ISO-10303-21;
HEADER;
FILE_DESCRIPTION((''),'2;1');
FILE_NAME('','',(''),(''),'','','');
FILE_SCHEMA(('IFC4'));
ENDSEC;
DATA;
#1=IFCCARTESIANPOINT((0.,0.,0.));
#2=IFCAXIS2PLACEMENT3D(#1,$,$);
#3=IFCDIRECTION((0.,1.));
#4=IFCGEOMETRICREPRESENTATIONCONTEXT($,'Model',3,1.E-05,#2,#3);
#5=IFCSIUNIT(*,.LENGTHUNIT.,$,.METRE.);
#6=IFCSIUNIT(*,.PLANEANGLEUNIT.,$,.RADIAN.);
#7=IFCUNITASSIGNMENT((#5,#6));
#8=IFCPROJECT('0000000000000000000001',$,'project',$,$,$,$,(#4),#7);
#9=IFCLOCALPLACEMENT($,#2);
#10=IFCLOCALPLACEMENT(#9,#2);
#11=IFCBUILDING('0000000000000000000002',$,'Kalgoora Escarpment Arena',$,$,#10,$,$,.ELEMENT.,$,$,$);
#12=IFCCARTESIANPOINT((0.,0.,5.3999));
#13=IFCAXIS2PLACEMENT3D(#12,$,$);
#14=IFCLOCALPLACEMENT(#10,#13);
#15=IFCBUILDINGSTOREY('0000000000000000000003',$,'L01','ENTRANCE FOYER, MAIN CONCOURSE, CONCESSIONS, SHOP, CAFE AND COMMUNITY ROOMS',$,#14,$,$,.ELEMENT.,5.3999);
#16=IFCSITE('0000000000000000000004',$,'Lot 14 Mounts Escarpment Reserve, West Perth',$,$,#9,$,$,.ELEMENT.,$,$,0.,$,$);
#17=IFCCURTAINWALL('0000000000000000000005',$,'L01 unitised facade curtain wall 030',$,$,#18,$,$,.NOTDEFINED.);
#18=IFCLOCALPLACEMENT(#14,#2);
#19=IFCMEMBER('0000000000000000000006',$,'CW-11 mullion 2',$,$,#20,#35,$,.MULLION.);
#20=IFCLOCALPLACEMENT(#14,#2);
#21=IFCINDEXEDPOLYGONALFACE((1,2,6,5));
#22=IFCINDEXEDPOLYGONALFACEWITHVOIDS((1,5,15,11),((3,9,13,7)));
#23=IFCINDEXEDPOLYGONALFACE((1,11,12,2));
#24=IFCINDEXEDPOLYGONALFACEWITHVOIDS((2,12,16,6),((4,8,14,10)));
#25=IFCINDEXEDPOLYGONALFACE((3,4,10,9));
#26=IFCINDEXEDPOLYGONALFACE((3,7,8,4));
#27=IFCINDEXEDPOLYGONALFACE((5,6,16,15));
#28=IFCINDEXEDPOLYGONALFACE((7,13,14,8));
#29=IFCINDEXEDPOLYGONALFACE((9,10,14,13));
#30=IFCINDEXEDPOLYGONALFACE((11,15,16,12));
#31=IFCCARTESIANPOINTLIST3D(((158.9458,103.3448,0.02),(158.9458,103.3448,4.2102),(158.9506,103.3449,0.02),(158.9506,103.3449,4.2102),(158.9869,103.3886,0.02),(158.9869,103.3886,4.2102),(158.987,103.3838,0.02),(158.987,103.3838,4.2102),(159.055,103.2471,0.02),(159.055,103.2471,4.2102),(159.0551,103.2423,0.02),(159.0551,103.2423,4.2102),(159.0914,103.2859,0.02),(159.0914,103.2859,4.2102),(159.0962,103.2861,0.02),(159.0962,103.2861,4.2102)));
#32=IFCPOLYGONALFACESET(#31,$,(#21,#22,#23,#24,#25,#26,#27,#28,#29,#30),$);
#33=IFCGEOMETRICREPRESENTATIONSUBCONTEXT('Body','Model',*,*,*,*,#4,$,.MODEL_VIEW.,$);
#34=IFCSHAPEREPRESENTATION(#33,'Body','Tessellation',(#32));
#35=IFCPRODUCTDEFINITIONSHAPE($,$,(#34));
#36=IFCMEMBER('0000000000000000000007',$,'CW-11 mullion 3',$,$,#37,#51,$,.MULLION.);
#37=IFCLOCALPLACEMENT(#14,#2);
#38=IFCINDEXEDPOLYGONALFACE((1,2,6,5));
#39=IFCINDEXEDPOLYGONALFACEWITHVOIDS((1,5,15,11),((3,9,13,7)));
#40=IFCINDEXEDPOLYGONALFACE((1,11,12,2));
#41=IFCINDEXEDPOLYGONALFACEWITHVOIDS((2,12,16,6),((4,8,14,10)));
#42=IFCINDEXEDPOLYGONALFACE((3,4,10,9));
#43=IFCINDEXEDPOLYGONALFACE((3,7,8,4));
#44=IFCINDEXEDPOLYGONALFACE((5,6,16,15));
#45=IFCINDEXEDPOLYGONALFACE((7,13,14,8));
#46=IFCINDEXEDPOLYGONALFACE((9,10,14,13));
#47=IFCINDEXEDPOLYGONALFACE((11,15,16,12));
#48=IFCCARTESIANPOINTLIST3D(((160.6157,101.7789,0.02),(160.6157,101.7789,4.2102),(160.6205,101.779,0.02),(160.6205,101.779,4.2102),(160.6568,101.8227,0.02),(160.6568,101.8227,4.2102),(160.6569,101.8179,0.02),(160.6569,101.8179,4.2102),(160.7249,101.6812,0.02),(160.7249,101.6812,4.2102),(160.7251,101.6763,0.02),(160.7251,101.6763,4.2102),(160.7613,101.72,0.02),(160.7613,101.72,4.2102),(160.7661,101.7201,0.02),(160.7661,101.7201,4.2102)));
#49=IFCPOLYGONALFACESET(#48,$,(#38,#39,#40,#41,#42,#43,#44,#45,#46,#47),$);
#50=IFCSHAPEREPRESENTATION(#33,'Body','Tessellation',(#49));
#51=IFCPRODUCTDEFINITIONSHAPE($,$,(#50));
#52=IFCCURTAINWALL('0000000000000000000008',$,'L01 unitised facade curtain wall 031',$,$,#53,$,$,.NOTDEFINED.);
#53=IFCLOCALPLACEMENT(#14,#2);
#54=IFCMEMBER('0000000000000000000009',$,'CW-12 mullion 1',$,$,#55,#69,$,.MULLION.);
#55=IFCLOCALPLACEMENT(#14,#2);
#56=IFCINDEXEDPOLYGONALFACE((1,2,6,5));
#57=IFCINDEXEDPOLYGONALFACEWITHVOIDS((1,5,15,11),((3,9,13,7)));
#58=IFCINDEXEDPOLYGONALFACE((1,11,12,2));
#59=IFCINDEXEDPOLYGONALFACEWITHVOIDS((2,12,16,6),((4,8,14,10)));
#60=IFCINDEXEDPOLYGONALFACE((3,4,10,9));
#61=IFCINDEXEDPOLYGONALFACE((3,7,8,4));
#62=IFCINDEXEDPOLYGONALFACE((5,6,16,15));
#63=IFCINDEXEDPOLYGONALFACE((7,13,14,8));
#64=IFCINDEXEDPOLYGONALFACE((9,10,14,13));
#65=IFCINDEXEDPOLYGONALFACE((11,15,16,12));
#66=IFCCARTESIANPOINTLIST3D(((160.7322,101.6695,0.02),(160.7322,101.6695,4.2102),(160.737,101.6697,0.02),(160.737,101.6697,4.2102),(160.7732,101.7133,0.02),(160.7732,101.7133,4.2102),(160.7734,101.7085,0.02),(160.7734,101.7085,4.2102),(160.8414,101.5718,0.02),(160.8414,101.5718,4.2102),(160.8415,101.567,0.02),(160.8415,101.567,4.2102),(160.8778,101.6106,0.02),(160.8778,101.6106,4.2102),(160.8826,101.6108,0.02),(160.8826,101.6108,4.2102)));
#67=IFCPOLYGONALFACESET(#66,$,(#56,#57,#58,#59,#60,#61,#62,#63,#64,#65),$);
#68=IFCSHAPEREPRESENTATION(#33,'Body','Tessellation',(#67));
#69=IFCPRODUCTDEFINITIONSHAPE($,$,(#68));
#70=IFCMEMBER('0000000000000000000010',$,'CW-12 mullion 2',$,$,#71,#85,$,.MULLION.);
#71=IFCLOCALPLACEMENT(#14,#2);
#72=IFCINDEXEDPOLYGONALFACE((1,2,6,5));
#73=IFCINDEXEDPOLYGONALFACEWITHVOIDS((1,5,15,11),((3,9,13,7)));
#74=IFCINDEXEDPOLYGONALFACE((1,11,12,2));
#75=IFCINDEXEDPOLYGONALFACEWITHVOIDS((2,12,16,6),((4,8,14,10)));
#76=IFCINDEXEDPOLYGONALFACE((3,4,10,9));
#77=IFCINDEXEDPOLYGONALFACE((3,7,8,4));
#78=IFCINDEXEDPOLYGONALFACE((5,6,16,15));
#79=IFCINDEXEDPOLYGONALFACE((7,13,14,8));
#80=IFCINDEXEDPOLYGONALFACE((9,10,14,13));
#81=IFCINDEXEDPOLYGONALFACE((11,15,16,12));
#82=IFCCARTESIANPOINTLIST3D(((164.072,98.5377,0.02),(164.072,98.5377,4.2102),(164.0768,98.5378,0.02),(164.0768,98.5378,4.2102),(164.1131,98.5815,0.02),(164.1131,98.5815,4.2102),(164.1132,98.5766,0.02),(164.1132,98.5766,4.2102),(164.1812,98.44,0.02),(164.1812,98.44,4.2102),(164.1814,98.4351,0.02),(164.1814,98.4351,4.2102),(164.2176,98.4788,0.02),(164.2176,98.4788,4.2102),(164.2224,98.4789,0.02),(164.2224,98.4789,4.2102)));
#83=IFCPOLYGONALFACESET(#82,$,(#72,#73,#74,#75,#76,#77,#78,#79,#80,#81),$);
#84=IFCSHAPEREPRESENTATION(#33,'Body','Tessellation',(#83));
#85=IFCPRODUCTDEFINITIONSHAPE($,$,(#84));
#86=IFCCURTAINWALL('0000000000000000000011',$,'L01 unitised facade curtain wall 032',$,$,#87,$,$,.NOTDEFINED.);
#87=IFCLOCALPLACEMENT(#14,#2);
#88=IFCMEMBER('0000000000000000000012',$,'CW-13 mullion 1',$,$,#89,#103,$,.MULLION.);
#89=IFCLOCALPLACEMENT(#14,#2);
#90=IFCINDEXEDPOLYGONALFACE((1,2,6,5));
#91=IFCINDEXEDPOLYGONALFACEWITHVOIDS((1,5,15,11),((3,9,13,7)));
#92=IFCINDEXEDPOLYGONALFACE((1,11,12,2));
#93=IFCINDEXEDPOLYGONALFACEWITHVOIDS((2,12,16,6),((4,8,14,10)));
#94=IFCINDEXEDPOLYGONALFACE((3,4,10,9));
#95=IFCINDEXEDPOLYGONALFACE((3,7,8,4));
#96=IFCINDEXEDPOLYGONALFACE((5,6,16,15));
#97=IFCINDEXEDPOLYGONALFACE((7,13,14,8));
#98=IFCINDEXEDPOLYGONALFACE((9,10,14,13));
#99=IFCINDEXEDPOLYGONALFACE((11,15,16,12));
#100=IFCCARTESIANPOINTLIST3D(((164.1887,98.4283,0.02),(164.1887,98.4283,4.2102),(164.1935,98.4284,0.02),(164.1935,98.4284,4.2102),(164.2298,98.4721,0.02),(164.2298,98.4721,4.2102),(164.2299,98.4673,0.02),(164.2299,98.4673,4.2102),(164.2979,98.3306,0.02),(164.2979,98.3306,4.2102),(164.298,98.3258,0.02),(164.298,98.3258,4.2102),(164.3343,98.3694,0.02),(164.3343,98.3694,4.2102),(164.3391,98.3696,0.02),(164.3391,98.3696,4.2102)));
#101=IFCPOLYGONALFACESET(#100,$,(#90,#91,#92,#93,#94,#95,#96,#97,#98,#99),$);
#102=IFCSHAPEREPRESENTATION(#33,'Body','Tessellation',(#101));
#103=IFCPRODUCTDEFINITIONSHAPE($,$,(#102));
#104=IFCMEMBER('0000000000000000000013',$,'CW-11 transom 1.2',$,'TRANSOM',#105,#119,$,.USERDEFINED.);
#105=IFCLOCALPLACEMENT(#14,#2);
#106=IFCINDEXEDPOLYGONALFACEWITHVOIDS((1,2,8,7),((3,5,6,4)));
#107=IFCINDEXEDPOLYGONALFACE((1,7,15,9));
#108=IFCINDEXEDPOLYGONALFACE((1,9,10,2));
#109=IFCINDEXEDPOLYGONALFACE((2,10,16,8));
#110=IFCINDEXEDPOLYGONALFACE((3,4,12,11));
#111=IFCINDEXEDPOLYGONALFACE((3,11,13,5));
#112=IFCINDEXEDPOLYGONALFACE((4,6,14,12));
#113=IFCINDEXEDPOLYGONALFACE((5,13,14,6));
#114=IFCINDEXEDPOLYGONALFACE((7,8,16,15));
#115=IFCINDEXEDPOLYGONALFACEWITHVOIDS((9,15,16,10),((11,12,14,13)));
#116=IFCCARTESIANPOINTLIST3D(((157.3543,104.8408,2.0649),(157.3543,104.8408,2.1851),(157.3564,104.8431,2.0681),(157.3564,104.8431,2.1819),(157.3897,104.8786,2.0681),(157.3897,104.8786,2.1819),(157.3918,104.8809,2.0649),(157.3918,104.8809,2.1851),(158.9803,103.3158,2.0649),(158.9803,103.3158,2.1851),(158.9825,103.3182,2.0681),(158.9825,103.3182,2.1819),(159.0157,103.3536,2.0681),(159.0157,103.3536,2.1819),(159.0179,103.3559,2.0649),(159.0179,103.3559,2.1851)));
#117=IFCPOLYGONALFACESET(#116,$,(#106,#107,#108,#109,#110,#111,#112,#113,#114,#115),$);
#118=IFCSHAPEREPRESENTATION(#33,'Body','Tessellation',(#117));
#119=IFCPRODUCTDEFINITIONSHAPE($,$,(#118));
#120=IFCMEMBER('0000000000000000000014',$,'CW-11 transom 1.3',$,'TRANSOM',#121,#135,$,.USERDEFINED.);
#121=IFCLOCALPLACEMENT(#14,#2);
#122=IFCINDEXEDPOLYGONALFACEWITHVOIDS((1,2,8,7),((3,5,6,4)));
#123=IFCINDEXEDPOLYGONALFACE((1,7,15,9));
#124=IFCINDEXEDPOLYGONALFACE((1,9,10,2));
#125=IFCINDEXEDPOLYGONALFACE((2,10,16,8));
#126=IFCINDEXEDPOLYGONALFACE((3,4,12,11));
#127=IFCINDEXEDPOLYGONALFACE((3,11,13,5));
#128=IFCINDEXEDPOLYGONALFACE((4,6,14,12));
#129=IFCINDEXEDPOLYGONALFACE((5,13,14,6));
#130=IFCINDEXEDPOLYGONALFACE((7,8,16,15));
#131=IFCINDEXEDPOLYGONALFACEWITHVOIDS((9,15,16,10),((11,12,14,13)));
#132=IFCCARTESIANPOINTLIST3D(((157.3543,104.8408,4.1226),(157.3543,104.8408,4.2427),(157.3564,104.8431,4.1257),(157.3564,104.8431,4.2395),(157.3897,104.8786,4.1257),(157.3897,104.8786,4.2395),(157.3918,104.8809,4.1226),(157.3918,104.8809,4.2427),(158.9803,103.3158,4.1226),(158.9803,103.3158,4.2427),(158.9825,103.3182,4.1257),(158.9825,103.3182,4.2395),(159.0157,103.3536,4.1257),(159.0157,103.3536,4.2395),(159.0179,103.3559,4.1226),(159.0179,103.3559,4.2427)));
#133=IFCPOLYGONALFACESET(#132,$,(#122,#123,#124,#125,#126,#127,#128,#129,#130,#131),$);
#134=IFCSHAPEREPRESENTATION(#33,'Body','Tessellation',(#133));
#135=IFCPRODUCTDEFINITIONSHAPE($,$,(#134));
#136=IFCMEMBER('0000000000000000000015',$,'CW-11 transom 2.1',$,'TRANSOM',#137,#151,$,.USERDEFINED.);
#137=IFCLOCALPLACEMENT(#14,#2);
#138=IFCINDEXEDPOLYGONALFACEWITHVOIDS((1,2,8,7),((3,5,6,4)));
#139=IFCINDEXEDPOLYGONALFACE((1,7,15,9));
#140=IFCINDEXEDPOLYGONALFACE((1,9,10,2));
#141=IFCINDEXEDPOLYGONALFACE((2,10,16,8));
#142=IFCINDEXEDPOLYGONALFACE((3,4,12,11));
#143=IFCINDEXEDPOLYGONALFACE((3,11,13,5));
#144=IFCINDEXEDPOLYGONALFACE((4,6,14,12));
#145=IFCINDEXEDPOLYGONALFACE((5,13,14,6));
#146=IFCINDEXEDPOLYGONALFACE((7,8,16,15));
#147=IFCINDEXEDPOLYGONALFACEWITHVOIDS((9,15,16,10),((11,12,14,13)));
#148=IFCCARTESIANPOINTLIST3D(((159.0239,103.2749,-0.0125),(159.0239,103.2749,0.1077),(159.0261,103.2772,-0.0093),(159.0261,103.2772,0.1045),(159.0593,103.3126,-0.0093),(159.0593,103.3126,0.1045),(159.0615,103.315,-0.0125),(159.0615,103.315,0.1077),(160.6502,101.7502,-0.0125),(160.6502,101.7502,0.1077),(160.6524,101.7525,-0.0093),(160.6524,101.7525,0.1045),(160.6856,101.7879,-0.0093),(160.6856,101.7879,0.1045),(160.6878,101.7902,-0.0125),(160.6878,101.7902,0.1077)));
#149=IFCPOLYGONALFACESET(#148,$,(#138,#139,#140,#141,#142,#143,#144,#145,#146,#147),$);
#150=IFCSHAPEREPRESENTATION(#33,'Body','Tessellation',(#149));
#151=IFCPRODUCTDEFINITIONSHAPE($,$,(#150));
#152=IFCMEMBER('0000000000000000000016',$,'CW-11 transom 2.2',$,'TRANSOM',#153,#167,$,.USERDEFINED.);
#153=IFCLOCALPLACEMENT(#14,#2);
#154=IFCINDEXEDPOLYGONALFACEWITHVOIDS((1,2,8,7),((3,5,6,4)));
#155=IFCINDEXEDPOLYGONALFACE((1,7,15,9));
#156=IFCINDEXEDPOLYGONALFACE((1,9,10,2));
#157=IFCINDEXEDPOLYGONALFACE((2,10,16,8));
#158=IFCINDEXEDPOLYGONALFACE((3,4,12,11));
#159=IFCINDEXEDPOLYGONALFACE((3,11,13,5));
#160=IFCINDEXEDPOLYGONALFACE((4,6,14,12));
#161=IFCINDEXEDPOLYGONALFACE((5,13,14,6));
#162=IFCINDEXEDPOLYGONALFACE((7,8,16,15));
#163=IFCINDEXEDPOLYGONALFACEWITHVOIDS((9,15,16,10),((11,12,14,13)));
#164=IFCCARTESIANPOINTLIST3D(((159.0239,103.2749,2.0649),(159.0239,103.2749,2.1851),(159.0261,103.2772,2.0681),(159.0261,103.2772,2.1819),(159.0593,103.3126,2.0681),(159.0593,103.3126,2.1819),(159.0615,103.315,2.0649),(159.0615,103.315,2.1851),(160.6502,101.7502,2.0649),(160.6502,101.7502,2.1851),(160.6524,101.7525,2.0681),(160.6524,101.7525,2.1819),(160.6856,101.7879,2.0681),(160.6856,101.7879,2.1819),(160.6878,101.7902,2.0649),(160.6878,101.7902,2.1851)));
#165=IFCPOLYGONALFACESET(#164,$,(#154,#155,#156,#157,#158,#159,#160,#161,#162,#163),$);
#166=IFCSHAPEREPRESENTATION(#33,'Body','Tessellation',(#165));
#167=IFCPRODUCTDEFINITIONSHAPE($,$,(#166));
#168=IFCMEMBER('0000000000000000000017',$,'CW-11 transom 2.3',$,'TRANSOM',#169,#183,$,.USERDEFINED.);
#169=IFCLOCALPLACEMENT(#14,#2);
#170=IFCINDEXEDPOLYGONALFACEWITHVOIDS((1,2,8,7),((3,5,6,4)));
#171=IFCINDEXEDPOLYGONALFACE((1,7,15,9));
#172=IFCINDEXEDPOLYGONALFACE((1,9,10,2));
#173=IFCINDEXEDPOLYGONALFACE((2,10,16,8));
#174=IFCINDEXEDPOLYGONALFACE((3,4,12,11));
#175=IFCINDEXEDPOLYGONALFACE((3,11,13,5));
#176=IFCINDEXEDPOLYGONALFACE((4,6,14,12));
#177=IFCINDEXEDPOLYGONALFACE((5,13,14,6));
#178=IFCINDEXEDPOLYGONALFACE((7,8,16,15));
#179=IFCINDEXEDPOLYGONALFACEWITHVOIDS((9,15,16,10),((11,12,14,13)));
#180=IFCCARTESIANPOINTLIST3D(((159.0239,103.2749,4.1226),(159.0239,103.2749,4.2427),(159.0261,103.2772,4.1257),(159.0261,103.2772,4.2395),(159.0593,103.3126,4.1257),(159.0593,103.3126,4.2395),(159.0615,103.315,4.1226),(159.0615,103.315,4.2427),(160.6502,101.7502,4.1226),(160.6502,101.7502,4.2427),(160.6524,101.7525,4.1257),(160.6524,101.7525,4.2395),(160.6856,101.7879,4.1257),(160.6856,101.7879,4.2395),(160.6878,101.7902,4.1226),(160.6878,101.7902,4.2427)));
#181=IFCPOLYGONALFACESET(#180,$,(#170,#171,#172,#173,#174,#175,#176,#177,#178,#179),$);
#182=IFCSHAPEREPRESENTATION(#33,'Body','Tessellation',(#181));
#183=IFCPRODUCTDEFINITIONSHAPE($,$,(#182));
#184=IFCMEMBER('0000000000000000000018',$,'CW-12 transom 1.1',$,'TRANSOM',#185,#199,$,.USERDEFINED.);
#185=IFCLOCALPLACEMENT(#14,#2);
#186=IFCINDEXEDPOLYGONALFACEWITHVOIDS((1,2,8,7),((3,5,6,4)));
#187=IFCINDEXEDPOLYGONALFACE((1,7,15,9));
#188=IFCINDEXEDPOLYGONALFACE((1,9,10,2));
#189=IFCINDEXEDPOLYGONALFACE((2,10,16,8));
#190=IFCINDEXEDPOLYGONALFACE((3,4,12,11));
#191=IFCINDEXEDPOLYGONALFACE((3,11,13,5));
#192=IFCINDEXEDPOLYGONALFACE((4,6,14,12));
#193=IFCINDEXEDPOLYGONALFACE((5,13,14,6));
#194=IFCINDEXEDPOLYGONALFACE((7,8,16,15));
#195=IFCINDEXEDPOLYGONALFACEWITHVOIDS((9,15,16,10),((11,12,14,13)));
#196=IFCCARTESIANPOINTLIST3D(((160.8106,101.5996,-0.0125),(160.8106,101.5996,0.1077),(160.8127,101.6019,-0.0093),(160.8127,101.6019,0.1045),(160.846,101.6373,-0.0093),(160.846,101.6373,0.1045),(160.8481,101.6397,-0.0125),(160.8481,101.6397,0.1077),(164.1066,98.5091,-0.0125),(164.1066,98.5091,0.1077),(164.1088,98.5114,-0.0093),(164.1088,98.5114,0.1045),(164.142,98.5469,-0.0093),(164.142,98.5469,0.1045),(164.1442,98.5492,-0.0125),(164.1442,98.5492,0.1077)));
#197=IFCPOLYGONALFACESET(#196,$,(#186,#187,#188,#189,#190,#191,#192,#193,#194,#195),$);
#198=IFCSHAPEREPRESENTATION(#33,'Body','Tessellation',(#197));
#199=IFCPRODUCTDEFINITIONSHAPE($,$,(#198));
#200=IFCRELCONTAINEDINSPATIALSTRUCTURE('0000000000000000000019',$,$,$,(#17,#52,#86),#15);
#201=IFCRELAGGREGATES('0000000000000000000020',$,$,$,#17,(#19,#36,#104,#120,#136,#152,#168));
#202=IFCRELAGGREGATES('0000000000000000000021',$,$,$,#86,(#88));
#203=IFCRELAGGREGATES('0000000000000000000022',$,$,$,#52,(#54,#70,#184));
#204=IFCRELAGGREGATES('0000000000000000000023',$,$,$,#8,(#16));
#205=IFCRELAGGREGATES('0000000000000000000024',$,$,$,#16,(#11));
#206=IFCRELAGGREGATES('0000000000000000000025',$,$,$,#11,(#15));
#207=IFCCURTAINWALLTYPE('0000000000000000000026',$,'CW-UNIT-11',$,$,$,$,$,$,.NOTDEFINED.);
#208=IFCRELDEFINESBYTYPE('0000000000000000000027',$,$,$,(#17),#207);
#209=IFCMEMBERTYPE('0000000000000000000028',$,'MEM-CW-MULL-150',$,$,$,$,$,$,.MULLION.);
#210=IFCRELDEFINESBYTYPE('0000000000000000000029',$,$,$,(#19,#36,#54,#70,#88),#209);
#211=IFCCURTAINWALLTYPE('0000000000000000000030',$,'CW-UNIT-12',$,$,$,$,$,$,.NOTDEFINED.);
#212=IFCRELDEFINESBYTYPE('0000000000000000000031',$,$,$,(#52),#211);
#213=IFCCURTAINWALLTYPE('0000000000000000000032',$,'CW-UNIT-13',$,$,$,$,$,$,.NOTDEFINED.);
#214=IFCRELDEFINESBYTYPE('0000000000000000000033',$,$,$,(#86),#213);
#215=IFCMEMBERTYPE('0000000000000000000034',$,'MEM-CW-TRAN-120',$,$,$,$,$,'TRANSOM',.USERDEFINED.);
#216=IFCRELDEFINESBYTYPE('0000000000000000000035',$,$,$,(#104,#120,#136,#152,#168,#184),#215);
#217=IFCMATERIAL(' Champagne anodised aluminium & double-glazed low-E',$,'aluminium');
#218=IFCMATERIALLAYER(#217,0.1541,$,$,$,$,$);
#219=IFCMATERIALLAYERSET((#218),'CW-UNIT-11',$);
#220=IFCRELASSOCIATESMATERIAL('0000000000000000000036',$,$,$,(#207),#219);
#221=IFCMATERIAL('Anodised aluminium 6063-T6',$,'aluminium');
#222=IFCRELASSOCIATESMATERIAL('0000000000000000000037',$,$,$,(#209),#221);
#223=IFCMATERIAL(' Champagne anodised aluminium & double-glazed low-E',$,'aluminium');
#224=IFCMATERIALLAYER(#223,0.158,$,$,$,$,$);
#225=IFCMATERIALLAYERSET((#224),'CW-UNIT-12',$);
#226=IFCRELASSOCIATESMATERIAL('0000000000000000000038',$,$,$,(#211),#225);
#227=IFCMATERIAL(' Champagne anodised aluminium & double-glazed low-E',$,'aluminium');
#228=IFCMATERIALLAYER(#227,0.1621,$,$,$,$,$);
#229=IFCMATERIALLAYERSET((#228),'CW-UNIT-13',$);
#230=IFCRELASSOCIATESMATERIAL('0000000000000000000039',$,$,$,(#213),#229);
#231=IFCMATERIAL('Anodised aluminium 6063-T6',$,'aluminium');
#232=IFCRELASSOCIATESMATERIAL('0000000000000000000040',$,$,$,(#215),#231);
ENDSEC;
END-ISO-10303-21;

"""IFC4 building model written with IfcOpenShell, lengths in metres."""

from ifc_helpers import new_model, si_unit, direction, frame, origin, origin_2d, place, context, subcontext, project, spatial, hollow_rectangle, extrude, material, layer, layer_set, material_profile, profile_set, type_object, element, aggregate, save


model = new_model("IFC4")

# Units and contexts
model_context = context("Model", 3, precision=1e-05, world=origin(), true_north=direction((0.0, 1.0)))
body_context = subcontext(model_context, "Body", "Model", "MODEL_VIEW")
ifc_project = project(units=[si_unit("LENGTHUNIT", "METRE"), si_unit("PLANEANGLEUNIT", "RADIAN")], contexts=[model_context])

# Site, building, storey
site_placement = place(None, origin())
site = spatial("IfcSite", under=ifc_project, at=site_placement, Name="Lot 14 Mounts Escarpment Reserve, West Perth", CompositionType="ELEMENT", RefElevation=0.0)
building_placement = place(site_placement, origin())
building = spatial("IfcBuilding", under=site, at=building_placement, Name="Kalgoora Escarpment Arena", CompositionType="ELEMENT")
storey_placement = place(building_placement, frame((0.0, 0.0, 5.3999)))
storey = spatial("IfcBuildingStorey", under=building, at=storey_placement, Name="L01", Description="ENTRANCE FOYER, MAIN CONCOURSE, CONCESSIONS, SHOP, CAFE AND COMMUNITY ROOMS", CompositionType="ELEMENT", Elevation=5.3999)

# Curtain walls, members
ifc_material_1 = material(Name=" Champagne anodised aluminium & double-glazed low-E", Category="aluminium")
ifc_layer_1 = layer(ifc_material_1, 0.1541)
ifc_layer_set_1 = layer_set([ifc_layer_1], Name="CW-UNIT-11")
curtain_wall_type_1 = type_object("IfcCurtainWallType", Name="CW-UNIT-11", PredefinedType="NOTDEFINED", material=ifc_layer_set_1)
curtain_wall_1_placement = place(storey_placement, origin())
curtain_wall_1 = element("IfcCurtainWall", 1, at=curtain_wall_1_placement, inside=storey, type_object=curtain_wall_type_1, Name="L01 unitised facade curtain wall 030", PredefinedType="NOTDEFINED")
ifc_material_2 = material(Name="Anodised aluminium 6063-T6", Category="aluminium")
ifc_material_profile_1 = material_profile(ifc_material_2, hollow_rectangle(XDim=0.0601, YDim=0.1499, WallThickness=0.0034, at=origin_2d()))
ifc_profile_set_1 = profile_set([ifc_material_profile_1], Name="Anodised aluminium 6063-T6")
member_type_1 = type_object("IfcMemberType", Name="MEM-CW-MULL-150", PredefinedType="MULLION", material=ifc_profile_set_1)
member_1_placement = place(storey_placement, frame((159.021, 103.3154, 0.02), z_axis=(0.0, 0.0, 1.0), x_axis=(0.684029, 0.729455, 0.0)))
member_1 = element("IfcMember", 2, at=member_1_placement, type_object=member_type_1, Name="CW-11 mullion 2", PredefinedType="MULLION", context=body_context, shape_type="SweptSolid", body=[
    extrude(hollow_rectangle(XDim=0.0601, YDim=0.1499, WallThickness=0.0034, at=origin_2d()), origin(), (0.0, 0.0, 1.0), 4.1902),
])
member_2_placement = place(storey_placement, frame((160.6909, 101.7495, 0.02), z_axis=(0.0, 0.0, 1.0), x_axis=(0.684029, 0.729455, 0.0)))
member_2 = element("IfcMember", 3, at=member_2_placement, type_object=member_type_1, Name="CW-11 mullion 3", PredefinedType="MULLION", context=body_context, shape_type="SweptSolid", body=[
    extrude(hollow_rectangle(XDim=0.0601, YDim=0.1499, WallThickness=0.0034, at=origin_2d()), origin(), (0.0, 0.0, 1.0), 4.1902),
])
ifc_material_3 = material(Name=" Champagne anodised aluminium & double-glazed low-E", Category="aluminium")
ifc_layer_2 = layer(ifc_material_3, 0.158)
ifc_layer_set_2 = layer_set([ifc_layer_2], Name="CW-UNIT-12")
curtain_wall_type_2 = type_object("IfcCurtainWallType", Name="CW-UNIT-12", PredefinedType="NOTDEFINED", material=ifc_layer_set_2)
curtain_wall_2_placement = place(storey_placement, origin())
curtain_wall_2 = element("IfcCurtainWall", 4, at=curtain_wall_2_placement, inside=storey, type_object=curtain_wall_type_2, Name="L01 unitised facade curtain wall 031", PredefinedType="NOTDEFINED")
member_3_placement = place(storey_placement, frame((160.8074, 101.6401, 0.02), z_axis=(0.0, 0.0, 1.0), x_axis=(0.684019, 0.729465, 0.0)))
member_3 = element("IfcMember", 5, at=member_3_placement, type_object=member_type_1, Name="CW-12 mullion 1", PredefinedType="MULLION", context=body_context, shape_type="SweptSolid", body=[
    extrude(hollow_rectangle(XDim=0.0601, YDim=0.1499, WallThickness=0.0034, at=origin_2d()), origin(), (0.0, 0.0, 1.0), 4.1902),
])
member_4_placement = place(storey_placement, frame((164.1472, 98.5083, 0.02), z_axis=(0.0, 0.0, 1.0), x_axis=(0.684019, 0.729465, 0.0)))
member_4 = element("IfcMember", 6, at=member_4_placement, type_object=member_type_1, Name="CW-12 mullion 2", PredefinedType="MULLION", context=body_context, shape_type="SweptSolid", body=[
    extrude(hollow_rectangle(XDim=0.0601, YDim=0.1499, WallThickness=0.0034, at=origin_2d()), origin(), (0.0, 0.0, 1.0), 4.1902),
])

# Curtain wall, member
ifc_material_4 = material(Name=" Champagne anodised aluminium & double-glazed low-E", Category="aluminium")
ifc_layer_3 = layer(ifc_material_4, 0.1621)
ifc_layer_set_3 = layer_set([ifc_layer_3], Name="CW-UNIT-13")
curtain_wall_type_3 = type_object("IfcCurtainWallType", Name="CW-UNIT-13", PredefinedType="NOTDEFINED", material=ifc_layer_set_3)
curtain_wall_3_placement = place(storey_placement, origin())
curtain_wall_3 = element("IfcCurtainWall", 7, at=curtain_wall_3_placement, inside=storey, type_object=curtain_wall_type_3, Name="L01 unitised facade curtain wall 032", PredefinedType="NOTDEFINED")
member_5_placement = place(storey_placement, frame((164.2639, 98.3989, 0.02), z_axis=(0.0, 0.0, 1.0), x_axis=(0.684026, 0.729457, 0.0)))
member_5 = element("IfcMember", 8, at=member_5_placement, type_object=member_type_1, Name="CW-13 mullion 1", PredefinedType="MULLION", context=body_context, shape_type="SweptSolid", body=[
    extrude(hollow_rectangle(XDim=0.0601, YDim=0.1499, WallThickness=0.0034, at=origin_2d()), origin(), (0.0, 0.0, 1.0), 4.1902),
])

# Members
ifc_material_5 = material(Name="Anodised aluminium 6063-T6", Category="aluminium")
ifc_material_profile_2 = material_profile(ifc_material_5, hollow_rectangle(XDim=0.0549, YDim=0.1201, WallThickness=0.0032, at=origin_2d()))
ifc_profile_set_2 = profile_set([ifc_material_profile_2], Name="Anodised aluminium 6063-T6")
member_type_2 = type_object("IfcMemberType", Name="MEM-CW-TRAN-120", ElementType="TRANSOM", PredefinedType="USERDEFINED", material=ifc_profile_set_2)
member_6_placement = place(storey_placement, frame((157.373, 104.8608, 2.125), z_axis=(0.729414, -0.684072, 0.0), x_axis=(0.684072, 0.729414, 0.0)))
member_6 = element("IfcMember", 9, at=member_6_placement, type_object=member_type_2, Name="CW-11 transom 1.2", ObjectType="TRANSOM", PredefinedType="USERDEFINED", context=body_context, shape_type="SweptSolid", body=[
    extrude(hollow_rectangle(XDim=0.0549, YDim=0.1201, WallThickness=0.0032, at=origin_2d()), origin(), (0.0, 0.0, 1.0), 2.2292),
])
member_7_placement = place(storey_placement, frame((157.373, 104.8608, 4.1826), z_axis=(0.729414, -0.684072, 0.0), x_axis=(0.684072, 0.729414, 0.0)))
member_7 = element("IfcMember", 10, at=member_7_placement, type_object=member_type_2, Name="CW-11 transom 1.3", ObjectType="TRANSOM", PredefinedType="USERDEFINED", context=body_context, shape_type="SweptSolid", body=[
    extrude(hollow_rectangle(XDim=0.0549, YDim=0.1201, WallThickness=0.0032, at=origin_2d()), origin(), (0.0, 0.0, 1.0), 2.2292),
])
member_8_placement = place(storey_placement, frame((159.0427, 103.2949, 0.0476), z_axis=(0.72952, -0.683959, 0.0), x_axis=(0.683959, 0.72952, 0.0)))
member_8 = element("IfcMember", 11, at=member_8_placement, type_object=member_type_2, Name="CW-11 transom 2.1", ObjectType="TRANSOM", PredefinedType="USERDEFINED", context=body_context, shape_type="SweptSolid", body=[
    extrude(hollow_rectangle(XDim=0.0549, YDim=0.1201, WallThickness=0.0032, at=origin_2d()), origin(), (0.0, 0.0, 1.0), 2.2292),
])
member_9_placement = place(storey_placement, frame((159.0427, 103.2949, 2.125), z_axis=(0.72952, -0.683959, 0.0), x_axis=(0.683959, 0.72952, 0.0)))
member_9 = element("IfcMember", 12, at=member_9_placement, type_object=member_type_2, Name="CW-11 transom 2.2", ObjectType="TRANSOM", PredefinedType="USERDEFINED", context=body_context, shape_type="SweptSolid", body=[
    extrude(hollow_rectangle(XDim=0.0549, YDim=0.1201, WallThickness=0.0032, at=origin_2d()), origin(), (0.0, 0.0, 1.0), 2.2292),
])
member_10_placement = place(storey_placement, frame((159.0427, 103.2949, 4.1826), z_axis=(0.72952, -0.683959, 0.0), x_axis=(0.683959, 0.72952, 0.0)))
member_10 = element("IfcMember", 13, at=member_10_placement, type_object=member_type_2, Name="CW-11 transom 2.3", ObjectType="TRANSOM", PredefinedType="USERDEFINED", context=body_context, shape_type="SweptSolid", body=[
    extrude(hollow_rectangle(XDim=0.0549, YDim=0.1201, WallThickness=0.0032, at=origin_2d()), origin(), (0.0, 0.0, 1.0), 2.2292),
])
member_11_placement = place(storey_placement, frame((160.8293, 101.6196, 0.0476), z_axis=(0.729488, -0.683993, 0.0), x_axis=(0.683993, 0.729488, 0.0)))
member_11 = element("IfcMember", 14, at=member_11_placement, type_object=member_type_2, Name="CW-12 transom 1.1", ObjectType="TRANSOM", PredefinedType="USERDEFINED", context=body_context, shape_type="SweptSolid", body=[
    extrude(hollow_rectangle(XDim=0.0549, YDim=0.1201, WallThickness=0.0032, at=origin_2d()), origin(), (0.0, 0.0, 1.0), 4.5183),
])

aggregate(curtain_wall_1, [member_1, member_2, member_6, member_7, member_8, member_9, member_10])
aggregate(curtain_wall_3, [member_5])
aggregate(curtain_wall_2, [member_3, member_4, member_11])

save(model, "model.ifc")
